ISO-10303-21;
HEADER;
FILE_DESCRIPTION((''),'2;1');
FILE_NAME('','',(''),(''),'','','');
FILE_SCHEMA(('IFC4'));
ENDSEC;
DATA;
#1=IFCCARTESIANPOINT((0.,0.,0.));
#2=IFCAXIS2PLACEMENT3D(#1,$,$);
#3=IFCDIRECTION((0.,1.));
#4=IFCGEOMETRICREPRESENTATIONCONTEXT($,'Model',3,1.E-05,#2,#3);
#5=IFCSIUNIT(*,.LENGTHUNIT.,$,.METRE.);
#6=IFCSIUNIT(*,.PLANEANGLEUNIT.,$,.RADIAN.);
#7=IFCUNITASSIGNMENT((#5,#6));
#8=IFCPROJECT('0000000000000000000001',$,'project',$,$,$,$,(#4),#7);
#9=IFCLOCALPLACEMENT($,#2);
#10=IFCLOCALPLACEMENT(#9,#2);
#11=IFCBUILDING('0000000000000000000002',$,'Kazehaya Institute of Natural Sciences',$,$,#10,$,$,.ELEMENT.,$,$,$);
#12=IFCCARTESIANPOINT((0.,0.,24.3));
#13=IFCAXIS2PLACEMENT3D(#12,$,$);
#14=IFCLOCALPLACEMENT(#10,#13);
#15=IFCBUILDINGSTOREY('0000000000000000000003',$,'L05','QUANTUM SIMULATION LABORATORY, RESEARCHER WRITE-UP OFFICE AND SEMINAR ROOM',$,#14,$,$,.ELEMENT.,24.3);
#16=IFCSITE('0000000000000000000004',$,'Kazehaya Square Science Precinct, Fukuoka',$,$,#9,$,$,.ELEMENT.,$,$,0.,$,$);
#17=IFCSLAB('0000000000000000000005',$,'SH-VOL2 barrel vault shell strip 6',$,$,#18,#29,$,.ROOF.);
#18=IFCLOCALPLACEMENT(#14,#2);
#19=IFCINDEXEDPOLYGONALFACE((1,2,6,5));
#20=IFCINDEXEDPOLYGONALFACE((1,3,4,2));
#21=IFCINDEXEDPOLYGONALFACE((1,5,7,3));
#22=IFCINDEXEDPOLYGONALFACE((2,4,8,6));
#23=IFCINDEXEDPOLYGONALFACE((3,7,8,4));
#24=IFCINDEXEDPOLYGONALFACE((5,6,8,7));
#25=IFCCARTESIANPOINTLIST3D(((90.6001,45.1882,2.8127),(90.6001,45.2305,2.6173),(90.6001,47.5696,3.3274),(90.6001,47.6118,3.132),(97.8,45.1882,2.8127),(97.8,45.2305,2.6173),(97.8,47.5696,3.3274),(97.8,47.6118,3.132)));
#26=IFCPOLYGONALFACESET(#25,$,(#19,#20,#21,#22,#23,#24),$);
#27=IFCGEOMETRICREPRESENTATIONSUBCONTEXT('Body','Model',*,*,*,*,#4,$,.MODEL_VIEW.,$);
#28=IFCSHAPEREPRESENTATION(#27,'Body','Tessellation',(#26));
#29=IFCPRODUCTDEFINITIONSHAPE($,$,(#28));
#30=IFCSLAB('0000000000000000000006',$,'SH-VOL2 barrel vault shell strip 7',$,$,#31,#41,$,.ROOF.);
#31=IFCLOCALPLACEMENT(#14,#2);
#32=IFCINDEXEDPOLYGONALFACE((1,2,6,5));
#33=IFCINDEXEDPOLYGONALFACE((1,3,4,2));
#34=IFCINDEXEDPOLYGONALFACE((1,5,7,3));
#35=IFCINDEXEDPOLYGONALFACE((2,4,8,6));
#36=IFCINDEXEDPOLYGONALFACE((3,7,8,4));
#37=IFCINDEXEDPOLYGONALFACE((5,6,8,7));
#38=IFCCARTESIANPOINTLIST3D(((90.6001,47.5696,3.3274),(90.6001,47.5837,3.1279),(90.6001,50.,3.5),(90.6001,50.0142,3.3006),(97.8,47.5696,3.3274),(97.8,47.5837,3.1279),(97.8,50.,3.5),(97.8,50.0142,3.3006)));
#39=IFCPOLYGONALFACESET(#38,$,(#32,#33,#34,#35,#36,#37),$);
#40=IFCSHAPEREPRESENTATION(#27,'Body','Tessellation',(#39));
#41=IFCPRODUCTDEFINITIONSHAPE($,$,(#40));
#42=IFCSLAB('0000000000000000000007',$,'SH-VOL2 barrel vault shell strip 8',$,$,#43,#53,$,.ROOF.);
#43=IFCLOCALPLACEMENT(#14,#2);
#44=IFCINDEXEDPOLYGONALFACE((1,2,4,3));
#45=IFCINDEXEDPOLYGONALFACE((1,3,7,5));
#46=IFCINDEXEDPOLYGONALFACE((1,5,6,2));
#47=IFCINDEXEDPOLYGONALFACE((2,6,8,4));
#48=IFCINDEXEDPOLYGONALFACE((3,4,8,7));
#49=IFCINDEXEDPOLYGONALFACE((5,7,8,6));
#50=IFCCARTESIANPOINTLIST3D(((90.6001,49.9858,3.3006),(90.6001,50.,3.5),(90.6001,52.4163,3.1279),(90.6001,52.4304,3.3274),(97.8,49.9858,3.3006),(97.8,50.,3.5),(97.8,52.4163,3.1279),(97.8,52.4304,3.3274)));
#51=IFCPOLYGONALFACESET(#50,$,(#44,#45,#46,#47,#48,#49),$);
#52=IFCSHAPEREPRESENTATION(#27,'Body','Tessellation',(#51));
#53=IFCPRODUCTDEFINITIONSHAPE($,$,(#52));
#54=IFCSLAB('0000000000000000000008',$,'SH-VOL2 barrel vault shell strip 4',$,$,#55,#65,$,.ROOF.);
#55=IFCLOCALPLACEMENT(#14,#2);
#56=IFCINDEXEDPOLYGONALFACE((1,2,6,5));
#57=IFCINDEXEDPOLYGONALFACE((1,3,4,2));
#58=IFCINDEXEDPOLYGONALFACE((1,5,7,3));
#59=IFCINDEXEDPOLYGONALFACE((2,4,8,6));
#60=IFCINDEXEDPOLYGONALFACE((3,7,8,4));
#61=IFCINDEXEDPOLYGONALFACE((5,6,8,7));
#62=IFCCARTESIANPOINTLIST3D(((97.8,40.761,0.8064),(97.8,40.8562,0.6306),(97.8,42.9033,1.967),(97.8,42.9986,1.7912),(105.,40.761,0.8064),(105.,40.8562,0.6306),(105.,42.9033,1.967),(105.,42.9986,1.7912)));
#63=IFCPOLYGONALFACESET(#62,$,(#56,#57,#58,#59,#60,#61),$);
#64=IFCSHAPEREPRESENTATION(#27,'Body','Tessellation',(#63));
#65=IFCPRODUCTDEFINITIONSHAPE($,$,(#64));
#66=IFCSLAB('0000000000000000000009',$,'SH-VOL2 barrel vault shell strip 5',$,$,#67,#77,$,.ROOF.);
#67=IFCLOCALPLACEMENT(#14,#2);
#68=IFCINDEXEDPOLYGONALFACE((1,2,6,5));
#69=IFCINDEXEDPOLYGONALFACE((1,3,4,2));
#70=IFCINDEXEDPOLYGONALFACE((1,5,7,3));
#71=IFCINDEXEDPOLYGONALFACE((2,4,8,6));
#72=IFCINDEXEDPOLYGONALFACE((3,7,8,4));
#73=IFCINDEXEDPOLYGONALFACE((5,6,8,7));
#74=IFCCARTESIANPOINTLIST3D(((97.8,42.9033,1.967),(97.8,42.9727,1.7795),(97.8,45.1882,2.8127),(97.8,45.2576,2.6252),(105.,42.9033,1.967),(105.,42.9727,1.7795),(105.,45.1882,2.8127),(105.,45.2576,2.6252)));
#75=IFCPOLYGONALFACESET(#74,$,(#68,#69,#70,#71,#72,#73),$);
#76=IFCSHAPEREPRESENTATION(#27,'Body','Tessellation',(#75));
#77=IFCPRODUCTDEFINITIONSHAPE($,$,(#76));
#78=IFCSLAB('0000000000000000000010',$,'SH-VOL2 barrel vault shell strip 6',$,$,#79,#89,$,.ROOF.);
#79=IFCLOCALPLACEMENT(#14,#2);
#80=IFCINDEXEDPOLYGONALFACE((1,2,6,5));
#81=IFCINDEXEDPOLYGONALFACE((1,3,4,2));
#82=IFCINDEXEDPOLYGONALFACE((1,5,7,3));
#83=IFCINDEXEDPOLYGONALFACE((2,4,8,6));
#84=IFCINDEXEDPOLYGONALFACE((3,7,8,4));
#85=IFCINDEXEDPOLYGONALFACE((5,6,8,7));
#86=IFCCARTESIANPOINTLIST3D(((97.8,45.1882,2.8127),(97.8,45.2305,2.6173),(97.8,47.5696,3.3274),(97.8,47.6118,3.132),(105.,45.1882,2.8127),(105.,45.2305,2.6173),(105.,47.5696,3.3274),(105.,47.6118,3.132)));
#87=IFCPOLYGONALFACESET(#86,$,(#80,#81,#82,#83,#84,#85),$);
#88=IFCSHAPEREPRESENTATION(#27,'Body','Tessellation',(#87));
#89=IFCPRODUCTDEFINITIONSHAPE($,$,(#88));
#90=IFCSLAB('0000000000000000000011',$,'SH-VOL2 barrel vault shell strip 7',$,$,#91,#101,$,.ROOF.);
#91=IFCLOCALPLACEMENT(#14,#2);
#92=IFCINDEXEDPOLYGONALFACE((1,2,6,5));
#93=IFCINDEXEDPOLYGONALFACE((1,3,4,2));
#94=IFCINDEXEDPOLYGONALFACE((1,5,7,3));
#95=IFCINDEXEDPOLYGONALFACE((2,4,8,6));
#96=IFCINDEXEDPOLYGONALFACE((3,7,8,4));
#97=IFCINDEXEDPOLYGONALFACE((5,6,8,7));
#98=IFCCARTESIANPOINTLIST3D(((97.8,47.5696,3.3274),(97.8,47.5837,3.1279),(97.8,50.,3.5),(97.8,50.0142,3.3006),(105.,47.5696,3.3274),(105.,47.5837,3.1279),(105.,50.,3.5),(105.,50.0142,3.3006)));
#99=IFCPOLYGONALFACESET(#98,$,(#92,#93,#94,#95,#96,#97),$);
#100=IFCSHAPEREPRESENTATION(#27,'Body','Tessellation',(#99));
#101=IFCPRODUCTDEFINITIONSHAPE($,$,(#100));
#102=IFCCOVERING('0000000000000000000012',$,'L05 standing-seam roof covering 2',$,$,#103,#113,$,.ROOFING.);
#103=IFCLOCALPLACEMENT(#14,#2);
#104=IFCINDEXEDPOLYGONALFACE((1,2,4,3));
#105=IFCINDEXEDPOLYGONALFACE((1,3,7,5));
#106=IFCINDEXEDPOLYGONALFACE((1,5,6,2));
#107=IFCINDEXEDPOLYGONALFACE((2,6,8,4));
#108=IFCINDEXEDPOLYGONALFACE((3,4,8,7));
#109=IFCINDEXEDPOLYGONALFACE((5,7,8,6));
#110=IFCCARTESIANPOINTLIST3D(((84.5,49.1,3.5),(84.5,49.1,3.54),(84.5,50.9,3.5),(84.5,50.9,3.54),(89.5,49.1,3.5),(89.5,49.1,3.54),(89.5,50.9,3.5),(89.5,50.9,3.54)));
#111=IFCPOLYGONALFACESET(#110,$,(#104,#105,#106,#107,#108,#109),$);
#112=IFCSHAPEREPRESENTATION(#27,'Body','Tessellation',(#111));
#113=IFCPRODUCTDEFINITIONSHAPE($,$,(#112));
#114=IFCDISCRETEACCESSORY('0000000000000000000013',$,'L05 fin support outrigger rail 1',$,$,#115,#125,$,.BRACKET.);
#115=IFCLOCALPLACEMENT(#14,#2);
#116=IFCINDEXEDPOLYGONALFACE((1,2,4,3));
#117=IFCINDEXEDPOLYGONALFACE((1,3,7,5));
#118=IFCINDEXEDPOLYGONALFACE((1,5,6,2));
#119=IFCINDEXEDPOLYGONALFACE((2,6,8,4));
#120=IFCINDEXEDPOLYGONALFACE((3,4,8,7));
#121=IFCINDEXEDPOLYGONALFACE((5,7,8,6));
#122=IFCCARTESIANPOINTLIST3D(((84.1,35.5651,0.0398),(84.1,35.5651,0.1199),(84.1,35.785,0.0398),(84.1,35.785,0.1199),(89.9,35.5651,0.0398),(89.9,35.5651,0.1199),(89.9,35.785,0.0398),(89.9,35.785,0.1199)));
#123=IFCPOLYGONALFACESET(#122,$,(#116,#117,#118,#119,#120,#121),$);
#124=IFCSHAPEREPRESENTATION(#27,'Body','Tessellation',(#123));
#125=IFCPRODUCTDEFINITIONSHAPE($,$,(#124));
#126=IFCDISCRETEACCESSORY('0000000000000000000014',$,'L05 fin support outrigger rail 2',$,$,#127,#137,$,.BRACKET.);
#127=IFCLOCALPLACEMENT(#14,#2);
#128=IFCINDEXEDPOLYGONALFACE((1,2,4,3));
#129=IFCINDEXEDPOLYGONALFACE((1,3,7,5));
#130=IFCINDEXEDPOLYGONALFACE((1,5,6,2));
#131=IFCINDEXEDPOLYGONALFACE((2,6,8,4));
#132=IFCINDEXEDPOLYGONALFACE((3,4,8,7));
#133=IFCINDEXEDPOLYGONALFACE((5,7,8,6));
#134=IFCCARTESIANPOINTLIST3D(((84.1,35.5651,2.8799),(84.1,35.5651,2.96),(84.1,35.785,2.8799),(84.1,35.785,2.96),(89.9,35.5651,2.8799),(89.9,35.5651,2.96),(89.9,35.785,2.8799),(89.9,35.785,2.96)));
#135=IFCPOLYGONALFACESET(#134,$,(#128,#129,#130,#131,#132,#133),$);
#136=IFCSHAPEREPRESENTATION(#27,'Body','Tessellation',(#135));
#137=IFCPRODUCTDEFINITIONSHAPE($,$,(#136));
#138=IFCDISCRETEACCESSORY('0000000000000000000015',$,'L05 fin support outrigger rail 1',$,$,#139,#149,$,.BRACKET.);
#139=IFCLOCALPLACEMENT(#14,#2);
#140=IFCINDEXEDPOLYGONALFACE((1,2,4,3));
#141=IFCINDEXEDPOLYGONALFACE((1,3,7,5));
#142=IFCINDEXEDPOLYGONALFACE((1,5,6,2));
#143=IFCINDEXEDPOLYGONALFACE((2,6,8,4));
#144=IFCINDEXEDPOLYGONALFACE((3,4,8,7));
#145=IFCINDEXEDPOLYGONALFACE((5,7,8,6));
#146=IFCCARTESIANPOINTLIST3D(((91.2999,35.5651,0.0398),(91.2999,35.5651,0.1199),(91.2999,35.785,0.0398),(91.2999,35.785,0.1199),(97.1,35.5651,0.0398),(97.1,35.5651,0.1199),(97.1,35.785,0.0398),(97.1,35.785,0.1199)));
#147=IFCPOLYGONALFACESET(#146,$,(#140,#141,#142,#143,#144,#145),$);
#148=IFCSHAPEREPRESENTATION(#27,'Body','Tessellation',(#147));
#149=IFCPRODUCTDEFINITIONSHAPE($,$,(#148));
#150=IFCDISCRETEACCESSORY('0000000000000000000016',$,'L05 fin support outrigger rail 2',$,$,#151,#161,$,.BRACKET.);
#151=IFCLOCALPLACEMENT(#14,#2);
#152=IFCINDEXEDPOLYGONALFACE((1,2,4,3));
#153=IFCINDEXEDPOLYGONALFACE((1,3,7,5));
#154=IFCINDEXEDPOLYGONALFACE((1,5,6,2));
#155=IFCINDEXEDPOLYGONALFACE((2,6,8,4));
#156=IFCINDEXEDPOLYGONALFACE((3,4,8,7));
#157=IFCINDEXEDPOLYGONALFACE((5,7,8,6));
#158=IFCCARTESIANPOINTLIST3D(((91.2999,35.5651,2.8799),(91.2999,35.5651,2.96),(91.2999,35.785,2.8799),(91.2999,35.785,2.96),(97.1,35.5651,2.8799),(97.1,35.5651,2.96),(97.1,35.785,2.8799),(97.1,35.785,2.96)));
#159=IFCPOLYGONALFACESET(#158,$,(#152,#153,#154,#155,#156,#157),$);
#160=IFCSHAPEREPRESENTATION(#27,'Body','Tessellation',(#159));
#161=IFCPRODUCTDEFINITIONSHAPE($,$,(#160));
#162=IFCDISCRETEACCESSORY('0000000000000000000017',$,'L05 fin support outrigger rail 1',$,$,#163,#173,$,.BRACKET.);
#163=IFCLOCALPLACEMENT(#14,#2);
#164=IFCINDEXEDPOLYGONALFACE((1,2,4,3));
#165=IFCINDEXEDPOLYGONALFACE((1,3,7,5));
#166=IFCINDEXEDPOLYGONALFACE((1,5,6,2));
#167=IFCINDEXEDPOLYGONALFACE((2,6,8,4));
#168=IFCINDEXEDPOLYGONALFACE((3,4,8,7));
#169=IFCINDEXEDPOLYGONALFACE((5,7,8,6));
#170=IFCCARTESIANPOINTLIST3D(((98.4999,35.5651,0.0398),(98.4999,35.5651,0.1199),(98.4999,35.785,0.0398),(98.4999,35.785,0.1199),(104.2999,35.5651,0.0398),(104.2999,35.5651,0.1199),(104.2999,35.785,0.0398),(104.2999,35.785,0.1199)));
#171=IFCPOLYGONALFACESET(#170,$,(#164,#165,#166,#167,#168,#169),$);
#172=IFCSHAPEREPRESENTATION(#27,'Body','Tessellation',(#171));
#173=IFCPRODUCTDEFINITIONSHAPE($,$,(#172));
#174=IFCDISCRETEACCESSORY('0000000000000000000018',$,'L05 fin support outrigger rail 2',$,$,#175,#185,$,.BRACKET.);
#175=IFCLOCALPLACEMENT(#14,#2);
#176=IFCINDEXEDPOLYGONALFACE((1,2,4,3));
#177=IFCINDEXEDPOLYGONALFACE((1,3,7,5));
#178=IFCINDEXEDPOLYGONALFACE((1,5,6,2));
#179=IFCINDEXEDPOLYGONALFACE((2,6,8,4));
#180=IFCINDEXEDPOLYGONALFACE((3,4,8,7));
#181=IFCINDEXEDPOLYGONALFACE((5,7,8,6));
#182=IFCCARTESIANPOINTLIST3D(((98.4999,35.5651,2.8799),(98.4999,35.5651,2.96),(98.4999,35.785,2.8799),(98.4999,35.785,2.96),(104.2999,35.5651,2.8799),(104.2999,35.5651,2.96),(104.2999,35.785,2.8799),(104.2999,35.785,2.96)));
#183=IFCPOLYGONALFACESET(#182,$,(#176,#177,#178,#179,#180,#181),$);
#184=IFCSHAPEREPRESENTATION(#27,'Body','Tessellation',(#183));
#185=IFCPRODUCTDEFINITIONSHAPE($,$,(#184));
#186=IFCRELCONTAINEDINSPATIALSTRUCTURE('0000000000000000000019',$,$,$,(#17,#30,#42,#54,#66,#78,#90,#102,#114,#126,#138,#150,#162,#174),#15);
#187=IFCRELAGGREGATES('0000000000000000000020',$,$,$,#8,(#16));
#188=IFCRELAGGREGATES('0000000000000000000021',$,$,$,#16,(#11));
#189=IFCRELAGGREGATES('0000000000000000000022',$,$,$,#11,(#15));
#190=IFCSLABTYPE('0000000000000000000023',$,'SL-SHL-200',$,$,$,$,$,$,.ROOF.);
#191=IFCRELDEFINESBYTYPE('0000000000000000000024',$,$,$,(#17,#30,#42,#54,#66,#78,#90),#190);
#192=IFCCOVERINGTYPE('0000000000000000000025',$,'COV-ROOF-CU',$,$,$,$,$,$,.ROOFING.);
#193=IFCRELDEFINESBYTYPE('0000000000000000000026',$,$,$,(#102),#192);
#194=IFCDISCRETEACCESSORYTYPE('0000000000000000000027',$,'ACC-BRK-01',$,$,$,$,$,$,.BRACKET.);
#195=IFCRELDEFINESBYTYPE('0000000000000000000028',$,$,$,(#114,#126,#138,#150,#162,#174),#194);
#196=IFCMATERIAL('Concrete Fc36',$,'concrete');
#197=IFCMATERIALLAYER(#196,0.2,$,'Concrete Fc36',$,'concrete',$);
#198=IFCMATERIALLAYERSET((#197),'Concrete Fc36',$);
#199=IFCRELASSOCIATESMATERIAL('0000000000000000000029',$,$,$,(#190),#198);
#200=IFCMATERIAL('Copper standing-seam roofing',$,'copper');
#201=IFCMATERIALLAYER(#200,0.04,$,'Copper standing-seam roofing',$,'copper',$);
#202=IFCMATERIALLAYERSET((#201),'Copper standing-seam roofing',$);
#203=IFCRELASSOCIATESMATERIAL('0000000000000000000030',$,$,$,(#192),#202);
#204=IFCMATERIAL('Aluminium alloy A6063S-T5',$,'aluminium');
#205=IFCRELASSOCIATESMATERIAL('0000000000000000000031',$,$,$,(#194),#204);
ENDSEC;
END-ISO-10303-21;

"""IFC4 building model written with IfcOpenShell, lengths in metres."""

from ifc_helpers import new_model, si_unit, direction, frame, origin, origin_2d, place, context, subcontext, project, spatial, polyline, rectangle, outline, extrude, material, layer, layer_set, type_object, element, save


model = new_model("IFC4")

# Units and contexts
model_context = context("Model", 3, precision=1e-05, world=origin(), true_north=direction((0.0, 1.0)))
body_context = subcontext(model_context, "Body", "Model", "MODEL_VIEW")
ifc_project = project(units=[si_unit("LENGTHUNIT", "METRE"), si_unit("PLANEANGLEUNIT", "RADIAN")], contexts=[model_context])

# Site, building, storey
site_placement = place(None, origin())
site = spatial("IfcSite", under=ifc_project, at=site_placement, Name="Kazehaya Square Science Precinct, Fukuoka", CompositionType="ELEMENT", RefElevation=0.0)
building_placement = place(site_placement, origin())
building = spatial("IfcBuilding", under=site, at=building_placement, Name="Kazehaya Institute of Natural Sciences", CompositionType="ELEMENT")
storey_placement = place(building_placement, frame((0.0, 0.0, 24.3)))
storey = spatial("IfcBuildingStorey", under=building, at=storey_placement, Name="L05", Description="QUANTUM SIMULATION LABORATORY, RESEARCHER WRITE-UP OFFICE AND SEMINAR ROOM", CompositionType="ELEMENT", Elevation=24.3)

# Shared definitions
ifc_material_1 = material(Name="Concrete Fc36", Category="concrete")

# Shared definitions
ifc_material_2 = material(Name="Aluminium alloy A6063S-T5", Category="aluminium")

# Slabs
ifc_layer_1 = layer(ifc_material_1, 0.2, Name="Concrete Fc36", Category="concrete")
ifc_layer_set_1 = layer_set([ifc_layer_1], Name="Concrete Fc36")
slab_type = type_object("IfcSlabType", Name="SL-SHL-200", PredefinedType="ROOF", material=ifc_layer_set_1)
slab_1_placement = place(storey_placement, frame((90.6001, 45.1882, 2.8127), z_axis=(0.0, -0.21124, 0.977434), x_axis=(1.0, 0.0, 0.0)))
element("IfcSlab", 1, at=slab_1_placement, inside=storey, type_object=slab_type, Name="SH-VOL2 barrel vault shell strip 6", PredefinedType="ROOF", context=body_context, shape_type="SweptSolid", body=[
    extrude(outline(polyline([(0.0, 0.0), (7.2, 0.0), (7.2, 2.4363), (0.0, 2.4363), (0.0, 0.0)])), origin(), (0.0, 0.0, -1.0), 0.2),
])
for number, where, z_axis, x_axis, name in (
    (2, (90.6001, 47.5696, 3.3274), (0.0, -0.070841, 0.997488), (1.0, 0.0, 0.0), "SH-VOL2 barrel vault shell strip 7"),
    (3, (90.6001, 50.0, 3.5), (0.0, 0.070841, 0.997488), (1.0, 0.0, 0.0), "SH-VOL2 barrel vault shell strip 8"),
):
    element("IfcSlab", number, at=place(storey_placement, frame(where, z_axis=z_axis, x_axis=x_axis)), inside=storey, type_object=slab_type, Name=name, PredefinedType="ROOF", context=body_context, shape_type="SweptSolid", body=[
        extrude(outline(polyline([(0.0, 0.0), (7.2, 0.0), (7.2, 2.4365), (0.0, 2.4365), (0.0, 0.0)])), origin(), (0.0, 0.0, -1.0), 0.2),
    ])
slab_2_placement = place(storey_placement, frame((97.8, 40.761, 0.8064), z_axis=(0.0, -0.476351, 0.879255), x_axis=(1.0, 0.0, 0.0)))
element("IfcSlab", 4, at=slab_2_placement, inside=storey, type_object=slab_type, Name="SH-VOL2 barrel vault shell strip 4", PredefinedType="ROOF", context=body_context, shape_type="SweptSolid", body=[
    extrude(outline(polyline([(0.0, 0.0), (7.2, 0.0), (7.2, 2.4365), (0.0, 2.4365), (0.0, 0.0)])), origin(), (0.0, 0.0, -1.0), 0.2),
])
slab_3_placement = place(storey_placement, frame((97.8, 42.9033, 1.967), z_axis=(0.0, -0.347112, 0.937824), x_axis=(1.0, 0.0, 0.0)))
element("IfcSlab", 5, at=slab_3_placement, inside=storey, type_object=slab_type, Name="SH-VOL2 barrel vault shell strip 5", PredefinedType="ROOF", context=body_context, shape_type="SweptSolid", body=[
    extrude(outline(polyline([(0.0, 0.0), (7.2, 0.0), (7.2, 2.4364), (0.0, 2.4364), (0.0, 0.0)])), origin(), (0.0, 0.0, -1.0), 0.2),
])
slab_4_placement = place(storey_placement, frame((97.8, 45.1882, 2.8127), z_axis=(0.0, -0.21124, 0.977434), x_axis=(1.0, 0.0, 0.0)))
element("IfcSlab", 6, at=slab_4_placement, inside=storey, type_object=slab_type, Name="SH-VOL2 barrel vault shell strip 6", PredefinedType="ROOF", context=body_context, shape_type="SweptSolid", body=[
    extrude(outline(polyline([(0.0, 0.0), (7.2, 0.0), (7.2, 2.4363), (0.0, 2.4363), (0.0, 0.0)])), origin(), (0.0, 0.0, -1.0), 0.2),
])
slab_5_placement = place(storey_placement, frame((97.8, 47.5696, 3.3274), z_axis=(0.0, -0.070841, 0.997488), x_axis=(1.0, 0.0, 0.0)))
element("IfcSlab", 7, at=slab_5_placement, inside=storey, type_object=slab_type, Name="SH-VOL2 barrel vault shell strip 7", PredefinedType="ROOF", context=body_context, shape_type="SweptSolid", body=[
    extrude(outline(polyline([(0.0, 0.0), (7.2, 0.0), (7.2, 2.4365), (0.0, 2.4365), (0.0, 0.0)])), origin(), (0.0, 0.0, -1.0), 0.2),
])

# Covering
ifc_material_3 = material(Name="Copper standing-seam roofing", Category="copper")
ifc_layer_2 = layer(ifc_material_3, 0.04, Name="Copper standing-seam roofing", Category="copper")
ifc_layer_set_2 = layer_set([ifc_layer_2], Name="Copper standing-seam roofing")
covering_type = type_object("IfcCoveringType", Name="COV-ROOF-CU", PredefinedType="ROOFING", material=ifc_layer_set_2)
covering_placement = place(storey_placement, frame((87.0, 50.0, 3.5), z_axis=(0.0, 0.0, 1.0), x_axis=(1.0, 0.0, 0.0)))
element("IfcCovering", 8, at=covering_placement, inside=storey, type_object=covering_type, Name="L05 standing-seam roof covering 2", PredefinedType="ROOFING", context=body_context, shape_type="SweptSolid", body=[
    extrude(rectangle(XDim=5.0, YDim=1.8, at=origin_2d()), origin(), (0.0, 0.0, 1.0), 0.04),
])

# Discrete accessories
discrete_accessory_type = type_object("IfcDiscreteAccessoryType", Name="ACC-BRK-01", PredefinedType="BRACKET", material=ifc_material_2)
for number, where, z_axis, x_axis, name in (
    (9, (87.0, 35.675, 0.0398), (0.0, 0.0, 1.0), (1.0, 0.0, 0.0), "L05 fin support outrigger rail 1"),
    (10, (87.0, 35.675, 2.8799), (0.0, 0.0, 1.0), (1.0, 0.0, 0.0), "L05 fin support outrigger rail 2"),
    (11, (94.2, 35.675, 0.0398), (0.0, 0.0, 1.0), (1.0, 0.0, 0.0), "L05 fin support outrigger rail 1"),
    (12, (94.2, 35.675, 2.8799), (0.0, 0.0, 1.0), (1.0, 0.0, 0.0), "L05 fin support outrigger rail 2"),
    (13, (101.3999, 35.675, 0.0398), (0.0, 0.0, 1.0), (1.0, 0.0, 0.0), "L05 fin support outrigger rail 1"),
    (14, (101.3999, 35.675, 2.8799), (0.0, 0.0, 1.0), (1.0, 0.0, 0.0), "L05 fin support outrigger rail 2"),
):
    element("IfcDiscreteAccessory", number, at=place(storey_placement, frame(where, z_axis=z_axis, x_axis=x_axis)), inside=storey, type_object=discrete_accessory_type, Name=name, PredefinedType="BRACKET", context=body_context, shape_type="SweptSolid", body=[
        extrude(rectangle(XDim=5.8, YDim=0.22, at=origin_2d()), origin(), (0.0, 0.0, 1.0), 0.0801),
    ])

save(model, "model.ifc")
